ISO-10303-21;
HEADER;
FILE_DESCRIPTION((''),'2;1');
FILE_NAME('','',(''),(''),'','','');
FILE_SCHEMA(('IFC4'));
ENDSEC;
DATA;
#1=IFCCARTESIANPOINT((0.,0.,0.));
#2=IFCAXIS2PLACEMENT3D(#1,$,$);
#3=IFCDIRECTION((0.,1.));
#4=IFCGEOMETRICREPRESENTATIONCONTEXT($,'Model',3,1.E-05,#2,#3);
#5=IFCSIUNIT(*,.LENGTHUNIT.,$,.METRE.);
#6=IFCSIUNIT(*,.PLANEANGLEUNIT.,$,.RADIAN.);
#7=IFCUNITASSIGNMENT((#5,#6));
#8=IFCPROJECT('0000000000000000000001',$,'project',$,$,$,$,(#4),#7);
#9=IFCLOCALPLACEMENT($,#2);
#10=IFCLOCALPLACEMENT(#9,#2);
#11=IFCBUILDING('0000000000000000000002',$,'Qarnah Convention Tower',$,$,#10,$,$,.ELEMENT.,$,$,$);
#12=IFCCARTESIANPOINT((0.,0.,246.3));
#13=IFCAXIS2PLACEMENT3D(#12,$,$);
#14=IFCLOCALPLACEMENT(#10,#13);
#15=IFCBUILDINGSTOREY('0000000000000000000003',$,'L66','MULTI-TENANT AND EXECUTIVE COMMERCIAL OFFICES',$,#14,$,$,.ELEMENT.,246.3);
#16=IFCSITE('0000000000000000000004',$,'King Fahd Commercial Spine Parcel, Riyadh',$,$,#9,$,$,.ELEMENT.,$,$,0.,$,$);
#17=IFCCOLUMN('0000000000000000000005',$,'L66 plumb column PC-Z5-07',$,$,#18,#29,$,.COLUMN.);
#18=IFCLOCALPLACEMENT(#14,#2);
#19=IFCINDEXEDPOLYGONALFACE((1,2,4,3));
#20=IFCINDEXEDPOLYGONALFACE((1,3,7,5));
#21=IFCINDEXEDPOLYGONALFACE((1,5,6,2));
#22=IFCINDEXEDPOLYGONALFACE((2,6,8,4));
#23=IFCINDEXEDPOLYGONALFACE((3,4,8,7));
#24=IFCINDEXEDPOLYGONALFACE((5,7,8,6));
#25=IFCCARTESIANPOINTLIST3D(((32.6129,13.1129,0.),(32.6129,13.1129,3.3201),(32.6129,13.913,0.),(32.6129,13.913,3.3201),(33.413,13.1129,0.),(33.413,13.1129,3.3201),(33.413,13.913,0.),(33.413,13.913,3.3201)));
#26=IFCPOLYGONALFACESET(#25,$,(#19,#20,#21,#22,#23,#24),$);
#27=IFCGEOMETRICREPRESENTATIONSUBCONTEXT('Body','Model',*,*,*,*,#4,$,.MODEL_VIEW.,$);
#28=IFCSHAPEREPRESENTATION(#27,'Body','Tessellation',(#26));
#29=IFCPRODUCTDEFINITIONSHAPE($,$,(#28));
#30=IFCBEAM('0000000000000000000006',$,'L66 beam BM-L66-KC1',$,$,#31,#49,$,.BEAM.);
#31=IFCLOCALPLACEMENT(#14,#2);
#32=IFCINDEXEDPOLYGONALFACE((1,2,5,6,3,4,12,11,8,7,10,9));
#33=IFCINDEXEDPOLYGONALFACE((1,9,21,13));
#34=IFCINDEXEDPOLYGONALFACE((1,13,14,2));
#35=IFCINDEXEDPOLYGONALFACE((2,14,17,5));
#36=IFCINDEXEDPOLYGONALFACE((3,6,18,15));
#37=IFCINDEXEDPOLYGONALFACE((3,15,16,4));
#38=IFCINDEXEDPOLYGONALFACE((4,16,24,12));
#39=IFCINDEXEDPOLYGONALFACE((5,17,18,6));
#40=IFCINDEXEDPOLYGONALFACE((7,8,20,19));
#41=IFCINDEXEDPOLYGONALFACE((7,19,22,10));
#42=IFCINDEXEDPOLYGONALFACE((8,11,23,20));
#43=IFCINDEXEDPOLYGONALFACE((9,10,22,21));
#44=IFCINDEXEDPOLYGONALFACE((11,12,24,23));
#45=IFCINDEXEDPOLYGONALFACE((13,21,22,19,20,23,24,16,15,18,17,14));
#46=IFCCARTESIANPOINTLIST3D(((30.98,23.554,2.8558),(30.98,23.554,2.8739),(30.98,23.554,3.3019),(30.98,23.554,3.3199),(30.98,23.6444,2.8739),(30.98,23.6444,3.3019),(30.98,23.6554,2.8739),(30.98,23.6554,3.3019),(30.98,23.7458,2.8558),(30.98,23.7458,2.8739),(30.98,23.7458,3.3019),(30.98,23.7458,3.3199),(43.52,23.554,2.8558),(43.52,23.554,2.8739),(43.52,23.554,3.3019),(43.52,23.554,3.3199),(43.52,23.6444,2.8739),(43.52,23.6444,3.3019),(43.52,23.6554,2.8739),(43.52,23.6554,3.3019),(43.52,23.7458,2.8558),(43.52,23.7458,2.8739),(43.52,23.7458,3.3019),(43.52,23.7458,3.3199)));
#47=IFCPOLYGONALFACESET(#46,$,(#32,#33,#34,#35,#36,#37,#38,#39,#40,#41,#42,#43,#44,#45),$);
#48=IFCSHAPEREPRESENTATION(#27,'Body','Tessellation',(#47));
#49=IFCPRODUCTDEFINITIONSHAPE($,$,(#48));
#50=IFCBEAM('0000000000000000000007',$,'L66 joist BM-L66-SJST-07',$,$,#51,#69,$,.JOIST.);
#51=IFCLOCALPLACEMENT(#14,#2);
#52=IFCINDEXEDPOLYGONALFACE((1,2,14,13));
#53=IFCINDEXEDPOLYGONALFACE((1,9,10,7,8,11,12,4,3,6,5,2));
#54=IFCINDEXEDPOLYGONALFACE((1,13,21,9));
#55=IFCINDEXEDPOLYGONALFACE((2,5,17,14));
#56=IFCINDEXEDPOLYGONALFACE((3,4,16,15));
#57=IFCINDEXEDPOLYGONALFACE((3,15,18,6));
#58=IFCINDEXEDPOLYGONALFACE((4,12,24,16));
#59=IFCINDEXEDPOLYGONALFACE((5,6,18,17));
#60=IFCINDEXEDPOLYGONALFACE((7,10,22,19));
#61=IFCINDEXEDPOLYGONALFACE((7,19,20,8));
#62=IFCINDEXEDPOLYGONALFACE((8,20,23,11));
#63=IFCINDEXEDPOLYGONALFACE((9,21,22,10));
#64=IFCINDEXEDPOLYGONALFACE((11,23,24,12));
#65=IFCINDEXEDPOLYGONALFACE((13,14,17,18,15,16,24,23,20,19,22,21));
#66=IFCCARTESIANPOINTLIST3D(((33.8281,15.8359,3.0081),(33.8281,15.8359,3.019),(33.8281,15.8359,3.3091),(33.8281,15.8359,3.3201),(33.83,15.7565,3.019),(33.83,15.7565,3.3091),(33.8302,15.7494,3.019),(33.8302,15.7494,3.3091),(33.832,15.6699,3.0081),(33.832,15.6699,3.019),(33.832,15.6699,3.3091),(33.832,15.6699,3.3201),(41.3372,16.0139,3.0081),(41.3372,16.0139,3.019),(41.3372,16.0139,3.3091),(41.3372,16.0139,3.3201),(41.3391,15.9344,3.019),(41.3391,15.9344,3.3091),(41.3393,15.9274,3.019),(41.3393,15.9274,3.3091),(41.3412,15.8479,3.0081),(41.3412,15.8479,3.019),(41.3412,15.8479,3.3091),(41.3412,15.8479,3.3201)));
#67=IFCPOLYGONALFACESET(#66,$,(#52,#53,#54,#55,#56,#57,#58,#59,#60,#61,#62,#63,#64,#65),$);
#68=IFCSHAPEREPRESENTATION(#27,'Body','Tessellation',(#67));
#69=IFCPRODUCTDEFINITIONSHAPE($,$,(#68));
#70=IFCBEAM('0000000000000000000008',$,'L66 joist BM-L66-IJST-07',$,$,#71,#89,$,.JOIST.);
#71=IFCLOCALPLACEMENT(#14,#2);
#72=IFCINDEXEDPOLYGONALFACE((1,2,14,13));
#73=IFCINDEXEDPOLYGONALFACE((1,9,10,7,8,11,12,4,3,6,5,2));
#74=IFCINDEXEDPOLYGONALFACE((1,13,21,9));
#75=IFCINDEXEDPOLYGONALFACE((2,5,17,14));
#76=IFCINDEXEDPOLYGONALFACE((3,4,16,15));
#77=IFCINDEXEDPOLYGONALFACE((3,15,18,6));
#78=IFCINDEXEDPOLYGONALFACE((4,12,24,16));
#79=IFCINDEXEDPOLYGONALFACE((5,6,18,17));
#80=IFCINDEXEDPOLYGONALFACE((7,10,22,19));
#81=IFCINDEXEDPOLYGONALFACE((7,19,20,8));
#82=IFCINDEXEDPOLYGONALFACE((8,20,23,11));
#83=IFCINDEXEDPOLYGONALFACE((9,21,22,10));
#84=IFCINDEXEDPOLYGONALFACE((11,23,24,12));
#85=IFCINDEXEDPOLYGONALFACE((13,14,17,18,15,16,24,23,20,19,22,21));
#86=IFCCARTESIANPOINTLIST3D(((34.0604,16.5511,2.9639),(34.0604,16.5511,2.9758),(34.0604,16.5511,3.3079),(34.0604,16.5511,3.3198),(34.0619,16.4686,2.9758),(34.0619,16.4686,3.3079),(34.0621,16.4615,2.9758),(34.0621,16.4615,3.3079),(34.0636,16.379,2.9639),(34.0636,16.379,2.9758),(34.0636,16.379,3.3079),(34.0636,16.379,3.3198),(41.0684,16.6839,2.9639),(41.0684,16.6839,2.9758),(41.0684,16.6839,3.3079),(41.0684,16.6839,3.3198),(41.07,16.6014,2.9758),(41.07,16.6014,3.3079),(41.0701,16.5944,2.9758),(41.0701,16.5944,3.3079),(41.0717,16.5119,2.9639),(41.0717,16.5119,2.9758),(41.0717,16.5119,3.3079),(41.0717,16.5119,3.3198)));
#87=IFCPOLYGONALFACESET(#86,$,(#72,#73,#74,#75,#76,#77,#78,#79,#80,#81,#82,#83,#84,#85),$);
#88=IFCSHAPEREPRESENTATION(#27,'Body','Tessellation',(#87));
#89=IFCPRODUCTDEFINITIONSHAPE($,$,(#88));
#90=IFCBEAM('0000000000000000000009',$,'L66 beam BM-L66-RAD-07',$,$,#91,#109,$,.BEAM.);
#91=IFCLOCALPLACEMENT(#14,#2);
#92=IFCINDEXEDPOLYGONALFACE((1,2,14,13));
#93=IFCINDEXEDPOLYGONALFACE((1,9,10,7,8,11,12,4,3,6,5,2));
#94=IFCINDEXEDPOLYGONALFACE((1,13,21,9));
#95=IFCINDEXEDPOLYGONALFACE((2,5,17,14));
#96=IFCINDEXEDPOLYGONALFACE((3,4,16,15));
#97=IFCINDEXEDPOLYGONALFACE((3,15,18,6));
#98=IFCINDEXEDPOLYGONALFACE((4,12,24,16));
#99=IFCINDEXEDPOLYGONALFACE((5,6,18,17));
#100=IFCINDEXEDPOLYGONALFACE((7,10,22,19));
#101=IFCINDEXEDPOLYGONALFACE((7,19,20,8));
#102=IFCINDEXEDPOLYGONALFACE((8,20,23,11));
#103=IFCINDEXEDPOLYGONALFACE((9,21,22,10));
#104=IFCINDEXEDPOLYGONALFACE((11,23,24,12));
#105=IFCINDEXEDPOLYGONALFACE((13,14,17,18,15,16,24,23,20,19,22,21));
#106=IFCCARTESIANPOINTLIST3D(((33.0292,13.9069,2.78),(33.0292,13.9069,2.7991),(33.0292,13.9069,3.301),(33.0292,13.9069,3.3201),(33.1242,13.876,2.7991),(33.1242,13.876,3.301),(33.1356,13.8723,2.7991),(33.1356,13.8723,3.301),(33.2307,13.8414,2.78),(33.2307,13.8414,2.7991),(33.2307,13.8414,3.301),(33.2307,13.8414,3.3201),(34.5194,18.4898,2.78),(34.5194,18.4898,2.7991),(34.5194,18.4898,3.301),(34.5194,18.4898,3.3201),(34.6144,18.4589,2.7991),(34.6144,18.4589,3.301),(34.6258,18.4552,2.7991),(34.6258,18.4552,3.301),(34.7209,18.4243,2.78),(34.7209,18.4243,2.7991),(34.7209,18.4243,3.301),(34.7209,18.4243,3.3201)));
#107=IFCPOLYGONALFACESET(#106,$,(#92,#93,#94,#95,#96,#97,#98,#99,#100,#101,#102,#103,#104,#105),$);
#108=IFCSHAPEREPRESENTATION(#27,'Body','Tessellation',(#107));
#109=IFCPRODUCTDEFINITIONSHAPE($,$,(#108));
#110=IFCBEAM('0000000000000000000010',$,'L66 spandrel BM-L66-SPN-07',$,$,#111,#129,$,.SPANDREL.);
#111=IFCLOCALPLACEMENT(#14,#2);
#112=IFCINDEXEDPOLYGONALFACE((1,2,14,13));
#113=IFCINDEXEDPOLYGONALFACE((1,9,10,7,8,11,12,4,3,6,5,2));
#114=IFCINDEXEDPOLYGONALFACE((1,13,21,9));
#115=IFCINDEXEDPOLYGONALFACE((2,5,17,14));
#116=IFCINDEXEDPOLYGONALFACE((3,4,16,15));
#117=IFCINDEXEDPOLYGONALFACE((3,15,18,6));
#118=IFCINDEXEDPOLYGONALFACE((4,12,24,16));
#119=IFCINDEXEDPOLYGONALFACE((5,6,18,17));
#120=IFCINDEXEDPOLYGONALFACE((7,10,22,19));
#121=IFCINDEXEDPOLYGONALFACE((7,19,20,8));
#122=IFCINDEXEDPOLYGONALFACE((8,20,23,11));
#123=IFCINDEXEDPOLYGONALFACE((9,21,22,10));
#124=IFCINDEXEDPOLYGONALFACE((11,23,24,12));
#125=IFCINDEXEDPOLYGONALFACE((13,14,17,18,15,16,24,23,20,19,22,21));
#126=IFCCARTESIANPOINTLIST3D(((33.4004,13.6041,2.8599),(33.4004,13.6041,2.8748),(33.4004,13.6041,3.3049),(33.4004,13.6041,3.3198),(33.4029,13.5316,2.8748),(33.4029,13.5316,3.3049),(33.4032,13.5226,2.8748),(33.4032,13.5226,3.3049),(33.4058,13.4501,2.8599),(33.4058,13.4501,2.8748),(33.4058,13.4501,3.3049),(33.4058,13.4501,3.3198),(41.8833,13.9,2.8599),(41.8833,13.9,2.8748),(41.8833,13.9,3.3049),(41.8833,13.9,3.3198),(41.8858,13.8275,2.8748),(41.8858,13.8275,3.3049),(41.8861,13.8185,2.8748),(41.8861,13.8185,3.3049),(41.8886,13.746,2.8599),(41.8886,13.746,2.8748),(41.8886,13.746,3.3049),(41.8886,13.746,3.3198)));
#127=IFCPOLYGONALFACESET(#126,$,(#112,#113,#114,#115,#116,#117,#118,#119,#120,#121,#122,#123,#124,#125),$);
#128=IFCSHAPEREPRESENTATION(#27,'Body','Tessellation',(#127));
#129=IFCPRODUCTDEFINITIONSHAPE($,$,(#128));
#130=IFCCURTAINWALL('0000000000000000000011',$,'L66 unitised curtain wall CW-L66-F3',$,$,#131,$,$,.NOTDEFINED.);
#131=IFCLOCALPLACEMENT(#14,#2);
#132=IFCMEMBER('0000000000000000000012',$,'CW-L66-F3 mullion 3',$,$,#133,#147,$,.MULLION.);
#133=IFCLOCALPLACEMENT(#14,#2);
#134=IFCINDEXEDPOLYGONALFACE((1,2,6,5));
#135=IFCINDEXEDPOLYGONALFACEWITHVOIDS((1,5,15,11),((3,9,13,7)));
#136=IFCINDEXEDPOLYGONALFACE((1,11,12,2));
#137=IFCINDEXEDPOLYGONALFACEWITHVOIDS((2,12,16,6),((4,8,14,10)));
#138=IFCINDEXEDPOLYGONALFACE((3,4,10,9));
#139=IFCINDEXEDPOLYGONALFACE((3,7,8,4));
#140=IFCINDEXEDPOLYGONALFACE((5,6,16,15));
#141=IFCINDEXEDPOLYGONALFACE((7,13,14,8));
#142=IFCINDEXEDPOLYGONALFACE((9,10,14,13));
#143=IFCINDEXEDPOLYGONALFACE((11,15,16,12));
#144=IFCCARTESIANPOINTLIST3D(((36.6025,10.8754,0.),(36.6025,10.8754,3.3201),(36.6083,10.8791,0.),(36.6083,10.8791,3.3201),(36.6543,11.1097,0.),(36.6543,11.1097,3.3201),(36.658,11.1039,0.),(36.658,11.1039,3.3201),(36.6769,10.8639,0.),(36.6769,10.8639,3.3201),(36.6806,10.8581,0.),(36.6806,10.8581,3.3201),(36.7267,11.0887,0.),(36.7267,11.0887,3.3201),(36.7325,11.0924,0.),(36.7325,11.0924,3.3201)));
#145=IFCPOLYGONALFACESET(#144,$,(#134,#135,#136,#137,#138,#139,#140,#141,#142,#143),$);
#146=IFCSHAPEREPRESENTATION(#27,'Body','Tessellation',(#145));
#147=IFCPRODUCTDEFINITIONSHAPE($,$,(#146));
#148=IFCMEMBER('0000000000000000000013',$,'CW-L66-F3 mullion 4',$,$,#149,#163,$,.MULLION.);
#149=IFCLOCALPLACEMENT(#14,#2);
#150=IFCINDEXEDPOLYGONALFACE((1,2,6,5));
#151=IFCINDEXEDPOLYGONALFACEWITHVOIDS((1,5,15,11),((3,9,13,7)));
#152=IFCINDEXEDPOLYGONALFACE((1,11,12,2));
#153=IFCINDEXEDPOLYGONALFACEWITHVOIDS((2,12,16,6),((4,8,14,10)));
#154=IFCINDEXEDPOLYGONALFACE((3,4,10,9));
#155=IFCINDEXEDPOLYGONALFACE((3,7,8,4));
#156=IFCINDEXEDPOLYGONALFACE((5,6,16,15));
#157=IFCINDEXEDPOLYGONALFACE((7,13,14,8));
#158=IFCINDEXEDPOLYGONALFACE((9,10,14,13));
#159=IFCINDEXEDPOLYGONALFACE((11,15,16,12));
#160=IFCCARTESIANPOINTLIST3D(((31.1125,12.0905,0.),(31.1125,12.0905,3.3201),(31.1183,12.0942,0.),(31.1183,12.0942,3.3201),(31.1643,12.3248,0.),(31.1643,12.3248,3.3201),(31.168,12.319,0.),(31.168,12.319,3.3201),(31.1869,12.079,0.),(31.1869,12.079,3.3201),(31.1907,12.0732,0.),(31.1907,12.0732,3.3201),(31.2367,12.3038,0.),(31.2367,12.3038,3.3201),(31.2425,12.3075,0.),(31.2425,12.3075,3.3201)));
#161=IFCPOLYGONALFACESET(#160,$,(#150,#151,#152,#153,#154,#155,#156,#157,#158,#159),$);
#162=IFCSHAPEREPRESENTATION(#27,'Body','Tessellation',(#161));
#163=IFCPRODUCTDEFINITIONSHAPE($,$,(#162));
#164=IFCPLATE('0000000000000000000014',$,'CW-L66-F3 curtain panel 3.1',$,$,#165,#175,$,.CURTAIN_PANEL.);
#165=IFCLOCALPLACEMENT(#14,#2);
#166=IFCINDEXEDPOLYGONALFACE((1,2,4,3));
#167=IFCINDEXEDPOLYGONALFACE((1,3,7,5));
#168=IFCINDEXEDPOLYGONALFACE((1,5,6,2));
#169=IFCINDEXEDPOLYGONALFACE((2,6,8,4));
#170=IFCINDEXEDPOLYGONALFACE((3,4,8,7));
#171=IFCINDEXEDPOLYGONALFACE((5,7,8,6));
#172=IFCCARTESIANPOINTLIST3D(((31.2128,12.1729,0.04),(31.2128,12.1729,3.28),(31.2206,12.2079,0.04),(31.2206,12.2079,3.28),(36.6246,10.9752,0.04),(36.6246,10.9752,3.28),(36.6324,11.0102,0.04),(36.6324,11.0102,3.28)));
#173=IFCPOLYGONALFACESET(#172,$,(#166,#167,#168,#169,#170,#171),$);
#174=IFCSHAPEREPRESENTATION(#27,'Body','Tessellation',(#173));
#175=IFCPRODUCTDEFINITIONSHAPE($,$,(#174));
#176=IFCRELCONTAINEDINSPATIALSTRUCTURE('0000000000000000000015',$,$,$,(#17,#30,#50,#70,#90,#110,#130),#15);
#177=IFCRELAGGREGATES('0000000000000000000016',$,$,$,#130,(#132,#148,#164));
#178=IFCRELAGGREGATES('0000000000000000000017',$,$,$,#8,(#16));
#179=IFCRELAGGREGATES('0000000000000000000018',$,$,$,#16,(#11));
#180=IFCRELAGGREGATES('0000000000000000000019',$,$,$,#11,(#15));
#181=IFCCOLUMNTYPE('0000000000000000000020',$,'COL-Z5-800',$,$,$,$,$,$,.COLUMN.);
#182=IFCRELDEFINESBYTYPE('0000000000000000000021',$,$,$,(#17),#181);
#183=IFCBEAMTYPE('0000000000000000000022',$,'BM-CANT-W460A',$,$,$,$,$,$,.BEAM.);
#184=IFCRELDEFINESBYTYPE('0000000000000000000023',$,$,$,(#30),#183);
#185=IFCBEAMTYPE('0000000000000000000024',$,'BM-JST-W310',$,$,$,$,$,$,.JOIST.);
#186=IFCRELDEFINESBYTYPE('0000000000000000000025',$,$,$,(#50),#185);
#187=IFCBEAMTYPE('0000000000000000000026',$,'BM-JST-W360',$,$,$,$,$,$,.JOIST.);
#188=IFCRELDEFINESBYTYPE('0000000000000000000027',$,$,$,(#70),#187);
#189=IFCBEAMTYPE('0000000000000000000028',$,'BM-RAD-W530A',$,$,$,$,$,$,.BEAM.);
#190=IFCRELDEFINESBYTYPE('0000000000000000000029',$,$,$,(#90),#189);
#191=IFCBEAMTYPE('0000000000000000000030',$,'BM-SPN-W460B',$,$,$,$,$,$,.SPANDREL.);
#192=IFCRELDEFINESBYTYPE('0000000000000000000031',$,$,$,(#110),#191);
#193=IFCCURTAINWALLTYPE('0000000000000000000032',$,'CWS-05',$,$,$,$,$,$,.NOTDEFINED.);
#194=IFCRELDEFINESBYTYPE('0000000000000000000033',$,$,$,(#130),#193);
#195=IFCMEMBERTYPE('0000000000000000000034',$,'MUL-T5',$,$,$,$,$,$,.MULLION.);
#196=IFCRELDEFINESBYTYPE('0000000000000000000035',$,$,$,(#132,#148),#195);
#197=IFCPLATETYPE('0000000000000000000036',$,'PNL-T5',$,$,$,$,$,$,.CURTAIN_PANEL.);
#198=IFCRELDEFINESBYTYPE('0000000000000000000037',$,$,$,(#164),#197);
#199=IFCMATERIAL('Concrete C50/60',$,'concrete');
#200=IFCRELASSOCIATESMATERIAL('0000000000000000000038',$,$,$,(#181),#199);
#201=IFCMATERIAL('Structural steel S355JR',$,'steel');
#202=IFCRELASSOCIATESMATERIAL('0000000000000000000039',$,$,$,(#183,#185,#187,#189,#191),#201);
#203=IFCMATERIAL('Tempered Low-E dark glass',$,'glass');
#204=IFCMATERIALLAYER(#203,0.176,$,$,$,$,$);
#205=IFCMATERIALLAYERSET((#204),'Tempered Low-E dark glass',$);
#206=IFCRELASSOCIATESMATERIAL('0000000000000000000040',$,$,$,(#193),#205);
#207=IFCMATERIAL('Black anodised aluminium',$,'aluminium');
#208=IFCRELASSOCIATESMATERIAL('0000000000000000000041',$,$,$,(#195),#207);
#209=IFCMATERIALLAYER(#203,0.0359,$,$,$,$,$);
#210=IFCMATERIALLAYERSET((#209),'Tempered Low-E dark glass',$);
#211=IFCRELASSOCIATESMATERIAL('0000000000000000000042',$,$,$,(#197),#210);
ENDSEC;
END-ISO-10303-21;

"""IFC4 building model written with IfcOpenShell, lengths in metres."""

from ifc_helpers import new_model, si_unit, direction, frame, origin, origin_2d, place, context, subcontext, project, spatial, rectangle, hollow_rectangle, i_section, extrude, material, layer, layer_set, material_profile, profile_set, type_object, element, aggregate, save


model = new_model("IFC4")

# Units and contexts
model_context = context("Model", 3, precision=1e-05, world=origin(), true_north=direction((0.0, 1.0)))
body_context = subcontext(model_context, "Body", "Model", "MODEL_VIEW")
ifc_project = project(units=[si_unit("LENGTHUNIT", "METRE"), si_unit("PLANEANGLEUNIT", "RADIAN")], contexts=[model_context])

# Site, building, storey
site_placement = place(None, origin())
site = spatial("IfcSite", under=ifc_project, at=site_placement, Name="King Fahd Commercial Spine Parcel, Riyadh", CompositionType="ELEMENT", RefElevation=0.0)
building_placement = place(site_placement, origin())
building = spatial("IfcBuilding", under=site, at=building_placement, Name="Qarnah Convention Tower", CompositionType="ELEMENT")
storey_placement = place(building_placement, frame((0.0, 0.0, 246.3)))
storey = spatial("IfcBuildingStorey", under=building, at=storey_placement, Name="L66", Description="MULTI-TENANT AND EXECUTIVE COMMERCIAL OFFICES", CompositionType="ELEMENT", Elevation=246.3)

# Column
ifc_material_1 = material(Name="Concrete C50/60", Category="concrete")
ifc_material_profile_1 = material_profile(ifc_material_1, rectangle(XDim=0.8, YDim=0.8, at=origin_2d()), Name="RC-COL-800X800")
ifc_profile_set_1 = profile_set([ifc_material_profile_1], Name="Concrete C50/60")
column_type = type_object("IfcColumnType", Name="COL-Z5-800", PredefinedType="COLUMN", material=ifc_profile_set_1)
column_placement = place(storey_placement, frame((33.0129, 13.5129, 0.0), z_axis=(0.0, 0.0, 1.0), x_axis=(1.0, 0.0, 0.0)))
element("IfcColumn", 1, at=column_placement, inside=storey, type_object=column_type, Name="L66 plumb column PC-Z5-07", PredefinedType="COLUMN", context=body_context, shape_type="SweptSolid", body=[
    extrude(rectangle(XDim=0.8, YDim=0.8, at=origin_2d()), origin(), (0.0, 0.0, 1.0), 3.3201),
])

# Beams
ifc_material_2 = material(Name="Structural steel S355JR", Category="steel")
ifc_material_profile_2 = material_profile(ifc_material_2, i_section(OverallWidth=0.1919, OverallDepth=0.4641, WebThickness=0.011, FlangeThickness=0.0181, at=origin_2d()), Name="W460X89")
ifc_profile_set_2 = profile_set([ifc_material_profile_2], Name="Structural steel S355JR")
beam_type_1 = type_object("IfcBeamType", Name="BM-CANT-W460A", PredefinedType="BEAM", material=ifc_profile_set_2)
beam_1_placement = place(storey_placement, frame((30.98, 23.6499, 3.0879), z_axis=(1.0, 0.0, 0.0), x_axis=(0.0, 1.0, 0.0)))
element("IfcBeam", 2, at=beam_1_placement, inside=storey, type_object=beam_type_1, Name="L66 beam BM-L66-KC1", PredefinedType="BEAM", context=body_context, shape_type="SweptSolid", body=[
    extrude(i_section(OverallWidth=0.1919, OverallDepth=0.4641, WebThickness=0.011, FlangeThickness=0.0181, at=origin_2d()), origin(), (0.0, 0.0, 1.0), 12.54),
])
ifc_material_profile_3 = material_profile(ifc_material_2, i_section(OverallWidth=0.166, OverallDepth=0.312, WebThickness=0.0071, FlangeThickness=0.011, at=origin_2d()), Name="W310X45")
ifc_profile_set_3 = profile_set([ifc_material_profile_3], Name="Structural steel S355JR")
beam_type_2 = type_object("IfcBeamType", Name="BM-JST-W310", PredefinedType="JOIST", material=ifc_profile_set_3)
beam_2_placement = place(storey_placement, frame((33.8301, 15.7529, 3.1641), z_axis=(0.999719, 0.023695, 0.0), x_axis=(-0.023695, 0.999719, 0.0)))
element("IfcBeam", 3, at=beam_2_placement, inside=storey, type_object=beam_type_2, Name="L66 joist BM-L66-SJST-07", PredefinedType="JOIST", context=body_context, shape_type="SweptSolid", body=[
    extrude(i_section(OverallWidth=0.166, OverallDepth=0.312, WebThickness=0.0071, FlangeThickness=0.011, at=origin_2d()), origin(), (0.0, 0.0, 1.0), 7.5112),
])
ifc_material_profile_4 = material_profile(ifc_material_2, i_section(OverallWidth=0.1721, OverallDepth=0.356, WebThickness=0.0071, FlangeThickness=0.012, at=origin_2d()), Name="W360X51")
ifc_profile_set_4 = profile_set([ifc_material_profile_4], Name="Structural steel S355JR")
beam_type_3 = type_object("IfcBeamType", Name="BM-JST-W360", PredefinedType="JOIST", material=ifc_profile_set_4)
beam_3_placement = place(storey_placement, frame((34.062, 16.4651, 3.1418), z_axis=(0.99982, 0.018948, 0.0), x_axis=(-0.018948, 0.99982, 0.0)))
element("IfcBeam", 4, at=beam_3_placement, inside=storey, type_object=beam_type_3, Name="L66 joist BM-L66-IJST-07", PredefinedType="JOIST", context=body_context, shape_type="SweptSolid", body=[
    extrude(i_section(OverallWidth=0.1721, OverallDepth=0.356, WebThickness=0.0071, FlangeThickness=0.012, at=origin_2d()), origin(), (0.0, 0.0, 1.0), 7.0093),
])
ifc_material_profile_5 = material_profile(ifc_material_2, i_section(OverallWidth=0.2119, OverallDepth=0.54, WebThickness=0.012, FlangeThickness=0.019, at=origin_2d()), Name="W530X109")
ifc_profile_set_5 = profile_set([ifc_material_profile_5], Name="Structural steel S355JR")
beam_type_4 = type_object("IfcBeamType", Name="BM-RAD-W530A", PredefinedType="BEAM", material=ifc_profile_set_5)
beam_4_placement = place(storey_placement, frame((34.6201, 18.457, 3.05), z_axis=(-0.309228, -0.950988, 0.0), x_axis=(0.950988, -0.309228, 0.0)))
element("IfcBeam", 5, at=beam_4_placement, inside=storey, type_object=beam_type_4, Name="L66 beam BM-L66-RAD-07", PredefinedType="BEAM", context=body_context, shape_type="SweptSolid", body=[
    extrude(i_section(OverallWidth=0.2119, OverallDepth=0.54, WebThickness=0.012, FlangeThickness=0.019, at=origin_2d()), origin(), (0.0, 0.0, 1.0), 4.8191),
])
ifc_material_profile_6 = material_profile(ifc_material_2, i_section(OverallWidth=0.1541, OverallDepth=0.46, WebThickness=0.009, FlangeThickness=0.0149, at=origin_2d()), Name="W460X68")
ifc_profile_set_6 = profile_set([ifc_material_profile_6], Name="Structural steel S355JR")
beam_type_5 = type_object("IfcBeamType", Name="BM-SPN-W460B", PredefinedType="SPANDREL", material=ifc_profile_set_6)
beam_5_placement = place(storey_placement, frame((33.4031, 13.5271, 3.0898), z_axis=(0.999392, 0.034861, 0.0), x_axis=(-0.034861, 0.999392, 0.0)))
element("IfcBeam", 6, at=beam_5_placement, inside=storey, type_object=beam_type_5, Name="L66 spandrel BM-L66-SPN-07", PredefinedType="SPANDREL", context=body_context, shape_type="SweptSolid", body=[
    extrude(i_section(OverallWidth=0.1541, OverallDepth=0.46, WebThickness=0.009, FlangeThickness=0.0149, at=origin_2d()), origin(), (0.0, 0.0, 1.0), 8.488),
])

# Curtain wall, members, plate
ifc_material_3 = material(Name="Tempered Low-E dark glass", Category="glass")
ifc_layer_1 = layer(ifc_material_3, 0.176)
ifc_layer_set_1 = layer_set([ifc_layer_1], Name="Tempered Low-E dark glass")
curtain_wall_type = type_object("IfcCurtainWallType", Name="CWS-05", PredefinedType="NOTDEFINED", material=ifc_layer_set_1)
curtain_wall_placement = place(storey_placement, origin())
curtain_wall = element("IfcCurtainWall", 7, at=curtain_wall_placement, inside=storey, type_object=curtain_wall_type, Name="L66 unitised curtain wall CW-L66-F3", PredefinedType="NOTDEFINED")
ifc_material_4 = material(Name="Black anodised aluminium", Category="aluminium")
ifc_material_profile_7 = material_profile(ifc_material_4, hollow_rectangle(XDim=0.0801, YDim=0.24, WallThickness=0.0049, at=origin_2d()), Name="MUL-80X240")
ifc_profile_set_7 = profile_set([ifc_material_profile_7], Name="Black anodised aluminium")
member_type = type_object("IfcMemberType", Name="MUL-T5", PredefinedType="MULLION", material=ifc_profile_set_7)
member_1_placement = place(storey_placement, frame((36.6675, 10.9839, 0.0), z_axis=(0.0, 0.0, 1.0), x_axis=(-0.976373, 0.21609, 0.0)))
member_1 = element("IfcMember", 8, at=member_1_placement, type_object=member_type, Name="CW-L66-F3 mullion 3", PredefinedType="MULLION", context=body_context, shape_type="SweptSolid", body=[
    extrude(hollow_rectangle(XDim=0.0801, YDim=0.24, WallThickness=0.0049, at=origin_2d()), origin(), (0.0, 0.0, 1.0), 3.3201),
])
member_2_placement = place(storey_placement, frame((31.1775, 12.199, 0.0), z_axis=(0.0, 0.0, 1.0), x_axis=(-0.976373, 0.21609, 0.0)))
member_2 = element("IfcMember", 9, at=member_2_placement, type_object=member_type, Name="CW-L66-F3 mullion 4", PredefinedType="MULLION", context=body_context, shape_type="SweptSolid", body=[
    extrude(hollow_rectangle(XDim=0.0801, YDim=0.24, WallThickness=0.0049, at=origin_2d()), origin(), (0.0, 0.0, 1.0), 3.3201),
])
ifc_layer_2 = layer(ifc_material_3, 0.0359)
ifc_layer_set_2 = layer_set([ifc_layer_2], Name="Tempered Low-E dark glass")
plate_type = type_object("IfcPlateType", Name="PNL-T5", PredefinedType="CURTAIN_PANEL", material=ifc_layer_set_2)
plate_1_placement = place(storey_placement, frame((33.9226, 11.5916, 0.04), z_axis=(0.0, 0.0, 1.0), x_axis=(-0.976373, 0.21609, 0.0)))
plate_1 = element("IfcPlate", 10, at=plate_1_placement, type_object=plate_type, Name="CW-L66-F3 curtain panel 3.1", PredefinedType="CURTAIN_PANEL", context=body_context, shape_type="SweptSolid", body=[
    extrude(rectangle(XDim=5.5427, YDim=0.0359, at=origin_2d()), origin(), (0.0, 0.0, 1.0), 3.24),
])
aggregate(curtain_wall, [member_1, member_2, plate_1])

save(model, "model.ifc")
